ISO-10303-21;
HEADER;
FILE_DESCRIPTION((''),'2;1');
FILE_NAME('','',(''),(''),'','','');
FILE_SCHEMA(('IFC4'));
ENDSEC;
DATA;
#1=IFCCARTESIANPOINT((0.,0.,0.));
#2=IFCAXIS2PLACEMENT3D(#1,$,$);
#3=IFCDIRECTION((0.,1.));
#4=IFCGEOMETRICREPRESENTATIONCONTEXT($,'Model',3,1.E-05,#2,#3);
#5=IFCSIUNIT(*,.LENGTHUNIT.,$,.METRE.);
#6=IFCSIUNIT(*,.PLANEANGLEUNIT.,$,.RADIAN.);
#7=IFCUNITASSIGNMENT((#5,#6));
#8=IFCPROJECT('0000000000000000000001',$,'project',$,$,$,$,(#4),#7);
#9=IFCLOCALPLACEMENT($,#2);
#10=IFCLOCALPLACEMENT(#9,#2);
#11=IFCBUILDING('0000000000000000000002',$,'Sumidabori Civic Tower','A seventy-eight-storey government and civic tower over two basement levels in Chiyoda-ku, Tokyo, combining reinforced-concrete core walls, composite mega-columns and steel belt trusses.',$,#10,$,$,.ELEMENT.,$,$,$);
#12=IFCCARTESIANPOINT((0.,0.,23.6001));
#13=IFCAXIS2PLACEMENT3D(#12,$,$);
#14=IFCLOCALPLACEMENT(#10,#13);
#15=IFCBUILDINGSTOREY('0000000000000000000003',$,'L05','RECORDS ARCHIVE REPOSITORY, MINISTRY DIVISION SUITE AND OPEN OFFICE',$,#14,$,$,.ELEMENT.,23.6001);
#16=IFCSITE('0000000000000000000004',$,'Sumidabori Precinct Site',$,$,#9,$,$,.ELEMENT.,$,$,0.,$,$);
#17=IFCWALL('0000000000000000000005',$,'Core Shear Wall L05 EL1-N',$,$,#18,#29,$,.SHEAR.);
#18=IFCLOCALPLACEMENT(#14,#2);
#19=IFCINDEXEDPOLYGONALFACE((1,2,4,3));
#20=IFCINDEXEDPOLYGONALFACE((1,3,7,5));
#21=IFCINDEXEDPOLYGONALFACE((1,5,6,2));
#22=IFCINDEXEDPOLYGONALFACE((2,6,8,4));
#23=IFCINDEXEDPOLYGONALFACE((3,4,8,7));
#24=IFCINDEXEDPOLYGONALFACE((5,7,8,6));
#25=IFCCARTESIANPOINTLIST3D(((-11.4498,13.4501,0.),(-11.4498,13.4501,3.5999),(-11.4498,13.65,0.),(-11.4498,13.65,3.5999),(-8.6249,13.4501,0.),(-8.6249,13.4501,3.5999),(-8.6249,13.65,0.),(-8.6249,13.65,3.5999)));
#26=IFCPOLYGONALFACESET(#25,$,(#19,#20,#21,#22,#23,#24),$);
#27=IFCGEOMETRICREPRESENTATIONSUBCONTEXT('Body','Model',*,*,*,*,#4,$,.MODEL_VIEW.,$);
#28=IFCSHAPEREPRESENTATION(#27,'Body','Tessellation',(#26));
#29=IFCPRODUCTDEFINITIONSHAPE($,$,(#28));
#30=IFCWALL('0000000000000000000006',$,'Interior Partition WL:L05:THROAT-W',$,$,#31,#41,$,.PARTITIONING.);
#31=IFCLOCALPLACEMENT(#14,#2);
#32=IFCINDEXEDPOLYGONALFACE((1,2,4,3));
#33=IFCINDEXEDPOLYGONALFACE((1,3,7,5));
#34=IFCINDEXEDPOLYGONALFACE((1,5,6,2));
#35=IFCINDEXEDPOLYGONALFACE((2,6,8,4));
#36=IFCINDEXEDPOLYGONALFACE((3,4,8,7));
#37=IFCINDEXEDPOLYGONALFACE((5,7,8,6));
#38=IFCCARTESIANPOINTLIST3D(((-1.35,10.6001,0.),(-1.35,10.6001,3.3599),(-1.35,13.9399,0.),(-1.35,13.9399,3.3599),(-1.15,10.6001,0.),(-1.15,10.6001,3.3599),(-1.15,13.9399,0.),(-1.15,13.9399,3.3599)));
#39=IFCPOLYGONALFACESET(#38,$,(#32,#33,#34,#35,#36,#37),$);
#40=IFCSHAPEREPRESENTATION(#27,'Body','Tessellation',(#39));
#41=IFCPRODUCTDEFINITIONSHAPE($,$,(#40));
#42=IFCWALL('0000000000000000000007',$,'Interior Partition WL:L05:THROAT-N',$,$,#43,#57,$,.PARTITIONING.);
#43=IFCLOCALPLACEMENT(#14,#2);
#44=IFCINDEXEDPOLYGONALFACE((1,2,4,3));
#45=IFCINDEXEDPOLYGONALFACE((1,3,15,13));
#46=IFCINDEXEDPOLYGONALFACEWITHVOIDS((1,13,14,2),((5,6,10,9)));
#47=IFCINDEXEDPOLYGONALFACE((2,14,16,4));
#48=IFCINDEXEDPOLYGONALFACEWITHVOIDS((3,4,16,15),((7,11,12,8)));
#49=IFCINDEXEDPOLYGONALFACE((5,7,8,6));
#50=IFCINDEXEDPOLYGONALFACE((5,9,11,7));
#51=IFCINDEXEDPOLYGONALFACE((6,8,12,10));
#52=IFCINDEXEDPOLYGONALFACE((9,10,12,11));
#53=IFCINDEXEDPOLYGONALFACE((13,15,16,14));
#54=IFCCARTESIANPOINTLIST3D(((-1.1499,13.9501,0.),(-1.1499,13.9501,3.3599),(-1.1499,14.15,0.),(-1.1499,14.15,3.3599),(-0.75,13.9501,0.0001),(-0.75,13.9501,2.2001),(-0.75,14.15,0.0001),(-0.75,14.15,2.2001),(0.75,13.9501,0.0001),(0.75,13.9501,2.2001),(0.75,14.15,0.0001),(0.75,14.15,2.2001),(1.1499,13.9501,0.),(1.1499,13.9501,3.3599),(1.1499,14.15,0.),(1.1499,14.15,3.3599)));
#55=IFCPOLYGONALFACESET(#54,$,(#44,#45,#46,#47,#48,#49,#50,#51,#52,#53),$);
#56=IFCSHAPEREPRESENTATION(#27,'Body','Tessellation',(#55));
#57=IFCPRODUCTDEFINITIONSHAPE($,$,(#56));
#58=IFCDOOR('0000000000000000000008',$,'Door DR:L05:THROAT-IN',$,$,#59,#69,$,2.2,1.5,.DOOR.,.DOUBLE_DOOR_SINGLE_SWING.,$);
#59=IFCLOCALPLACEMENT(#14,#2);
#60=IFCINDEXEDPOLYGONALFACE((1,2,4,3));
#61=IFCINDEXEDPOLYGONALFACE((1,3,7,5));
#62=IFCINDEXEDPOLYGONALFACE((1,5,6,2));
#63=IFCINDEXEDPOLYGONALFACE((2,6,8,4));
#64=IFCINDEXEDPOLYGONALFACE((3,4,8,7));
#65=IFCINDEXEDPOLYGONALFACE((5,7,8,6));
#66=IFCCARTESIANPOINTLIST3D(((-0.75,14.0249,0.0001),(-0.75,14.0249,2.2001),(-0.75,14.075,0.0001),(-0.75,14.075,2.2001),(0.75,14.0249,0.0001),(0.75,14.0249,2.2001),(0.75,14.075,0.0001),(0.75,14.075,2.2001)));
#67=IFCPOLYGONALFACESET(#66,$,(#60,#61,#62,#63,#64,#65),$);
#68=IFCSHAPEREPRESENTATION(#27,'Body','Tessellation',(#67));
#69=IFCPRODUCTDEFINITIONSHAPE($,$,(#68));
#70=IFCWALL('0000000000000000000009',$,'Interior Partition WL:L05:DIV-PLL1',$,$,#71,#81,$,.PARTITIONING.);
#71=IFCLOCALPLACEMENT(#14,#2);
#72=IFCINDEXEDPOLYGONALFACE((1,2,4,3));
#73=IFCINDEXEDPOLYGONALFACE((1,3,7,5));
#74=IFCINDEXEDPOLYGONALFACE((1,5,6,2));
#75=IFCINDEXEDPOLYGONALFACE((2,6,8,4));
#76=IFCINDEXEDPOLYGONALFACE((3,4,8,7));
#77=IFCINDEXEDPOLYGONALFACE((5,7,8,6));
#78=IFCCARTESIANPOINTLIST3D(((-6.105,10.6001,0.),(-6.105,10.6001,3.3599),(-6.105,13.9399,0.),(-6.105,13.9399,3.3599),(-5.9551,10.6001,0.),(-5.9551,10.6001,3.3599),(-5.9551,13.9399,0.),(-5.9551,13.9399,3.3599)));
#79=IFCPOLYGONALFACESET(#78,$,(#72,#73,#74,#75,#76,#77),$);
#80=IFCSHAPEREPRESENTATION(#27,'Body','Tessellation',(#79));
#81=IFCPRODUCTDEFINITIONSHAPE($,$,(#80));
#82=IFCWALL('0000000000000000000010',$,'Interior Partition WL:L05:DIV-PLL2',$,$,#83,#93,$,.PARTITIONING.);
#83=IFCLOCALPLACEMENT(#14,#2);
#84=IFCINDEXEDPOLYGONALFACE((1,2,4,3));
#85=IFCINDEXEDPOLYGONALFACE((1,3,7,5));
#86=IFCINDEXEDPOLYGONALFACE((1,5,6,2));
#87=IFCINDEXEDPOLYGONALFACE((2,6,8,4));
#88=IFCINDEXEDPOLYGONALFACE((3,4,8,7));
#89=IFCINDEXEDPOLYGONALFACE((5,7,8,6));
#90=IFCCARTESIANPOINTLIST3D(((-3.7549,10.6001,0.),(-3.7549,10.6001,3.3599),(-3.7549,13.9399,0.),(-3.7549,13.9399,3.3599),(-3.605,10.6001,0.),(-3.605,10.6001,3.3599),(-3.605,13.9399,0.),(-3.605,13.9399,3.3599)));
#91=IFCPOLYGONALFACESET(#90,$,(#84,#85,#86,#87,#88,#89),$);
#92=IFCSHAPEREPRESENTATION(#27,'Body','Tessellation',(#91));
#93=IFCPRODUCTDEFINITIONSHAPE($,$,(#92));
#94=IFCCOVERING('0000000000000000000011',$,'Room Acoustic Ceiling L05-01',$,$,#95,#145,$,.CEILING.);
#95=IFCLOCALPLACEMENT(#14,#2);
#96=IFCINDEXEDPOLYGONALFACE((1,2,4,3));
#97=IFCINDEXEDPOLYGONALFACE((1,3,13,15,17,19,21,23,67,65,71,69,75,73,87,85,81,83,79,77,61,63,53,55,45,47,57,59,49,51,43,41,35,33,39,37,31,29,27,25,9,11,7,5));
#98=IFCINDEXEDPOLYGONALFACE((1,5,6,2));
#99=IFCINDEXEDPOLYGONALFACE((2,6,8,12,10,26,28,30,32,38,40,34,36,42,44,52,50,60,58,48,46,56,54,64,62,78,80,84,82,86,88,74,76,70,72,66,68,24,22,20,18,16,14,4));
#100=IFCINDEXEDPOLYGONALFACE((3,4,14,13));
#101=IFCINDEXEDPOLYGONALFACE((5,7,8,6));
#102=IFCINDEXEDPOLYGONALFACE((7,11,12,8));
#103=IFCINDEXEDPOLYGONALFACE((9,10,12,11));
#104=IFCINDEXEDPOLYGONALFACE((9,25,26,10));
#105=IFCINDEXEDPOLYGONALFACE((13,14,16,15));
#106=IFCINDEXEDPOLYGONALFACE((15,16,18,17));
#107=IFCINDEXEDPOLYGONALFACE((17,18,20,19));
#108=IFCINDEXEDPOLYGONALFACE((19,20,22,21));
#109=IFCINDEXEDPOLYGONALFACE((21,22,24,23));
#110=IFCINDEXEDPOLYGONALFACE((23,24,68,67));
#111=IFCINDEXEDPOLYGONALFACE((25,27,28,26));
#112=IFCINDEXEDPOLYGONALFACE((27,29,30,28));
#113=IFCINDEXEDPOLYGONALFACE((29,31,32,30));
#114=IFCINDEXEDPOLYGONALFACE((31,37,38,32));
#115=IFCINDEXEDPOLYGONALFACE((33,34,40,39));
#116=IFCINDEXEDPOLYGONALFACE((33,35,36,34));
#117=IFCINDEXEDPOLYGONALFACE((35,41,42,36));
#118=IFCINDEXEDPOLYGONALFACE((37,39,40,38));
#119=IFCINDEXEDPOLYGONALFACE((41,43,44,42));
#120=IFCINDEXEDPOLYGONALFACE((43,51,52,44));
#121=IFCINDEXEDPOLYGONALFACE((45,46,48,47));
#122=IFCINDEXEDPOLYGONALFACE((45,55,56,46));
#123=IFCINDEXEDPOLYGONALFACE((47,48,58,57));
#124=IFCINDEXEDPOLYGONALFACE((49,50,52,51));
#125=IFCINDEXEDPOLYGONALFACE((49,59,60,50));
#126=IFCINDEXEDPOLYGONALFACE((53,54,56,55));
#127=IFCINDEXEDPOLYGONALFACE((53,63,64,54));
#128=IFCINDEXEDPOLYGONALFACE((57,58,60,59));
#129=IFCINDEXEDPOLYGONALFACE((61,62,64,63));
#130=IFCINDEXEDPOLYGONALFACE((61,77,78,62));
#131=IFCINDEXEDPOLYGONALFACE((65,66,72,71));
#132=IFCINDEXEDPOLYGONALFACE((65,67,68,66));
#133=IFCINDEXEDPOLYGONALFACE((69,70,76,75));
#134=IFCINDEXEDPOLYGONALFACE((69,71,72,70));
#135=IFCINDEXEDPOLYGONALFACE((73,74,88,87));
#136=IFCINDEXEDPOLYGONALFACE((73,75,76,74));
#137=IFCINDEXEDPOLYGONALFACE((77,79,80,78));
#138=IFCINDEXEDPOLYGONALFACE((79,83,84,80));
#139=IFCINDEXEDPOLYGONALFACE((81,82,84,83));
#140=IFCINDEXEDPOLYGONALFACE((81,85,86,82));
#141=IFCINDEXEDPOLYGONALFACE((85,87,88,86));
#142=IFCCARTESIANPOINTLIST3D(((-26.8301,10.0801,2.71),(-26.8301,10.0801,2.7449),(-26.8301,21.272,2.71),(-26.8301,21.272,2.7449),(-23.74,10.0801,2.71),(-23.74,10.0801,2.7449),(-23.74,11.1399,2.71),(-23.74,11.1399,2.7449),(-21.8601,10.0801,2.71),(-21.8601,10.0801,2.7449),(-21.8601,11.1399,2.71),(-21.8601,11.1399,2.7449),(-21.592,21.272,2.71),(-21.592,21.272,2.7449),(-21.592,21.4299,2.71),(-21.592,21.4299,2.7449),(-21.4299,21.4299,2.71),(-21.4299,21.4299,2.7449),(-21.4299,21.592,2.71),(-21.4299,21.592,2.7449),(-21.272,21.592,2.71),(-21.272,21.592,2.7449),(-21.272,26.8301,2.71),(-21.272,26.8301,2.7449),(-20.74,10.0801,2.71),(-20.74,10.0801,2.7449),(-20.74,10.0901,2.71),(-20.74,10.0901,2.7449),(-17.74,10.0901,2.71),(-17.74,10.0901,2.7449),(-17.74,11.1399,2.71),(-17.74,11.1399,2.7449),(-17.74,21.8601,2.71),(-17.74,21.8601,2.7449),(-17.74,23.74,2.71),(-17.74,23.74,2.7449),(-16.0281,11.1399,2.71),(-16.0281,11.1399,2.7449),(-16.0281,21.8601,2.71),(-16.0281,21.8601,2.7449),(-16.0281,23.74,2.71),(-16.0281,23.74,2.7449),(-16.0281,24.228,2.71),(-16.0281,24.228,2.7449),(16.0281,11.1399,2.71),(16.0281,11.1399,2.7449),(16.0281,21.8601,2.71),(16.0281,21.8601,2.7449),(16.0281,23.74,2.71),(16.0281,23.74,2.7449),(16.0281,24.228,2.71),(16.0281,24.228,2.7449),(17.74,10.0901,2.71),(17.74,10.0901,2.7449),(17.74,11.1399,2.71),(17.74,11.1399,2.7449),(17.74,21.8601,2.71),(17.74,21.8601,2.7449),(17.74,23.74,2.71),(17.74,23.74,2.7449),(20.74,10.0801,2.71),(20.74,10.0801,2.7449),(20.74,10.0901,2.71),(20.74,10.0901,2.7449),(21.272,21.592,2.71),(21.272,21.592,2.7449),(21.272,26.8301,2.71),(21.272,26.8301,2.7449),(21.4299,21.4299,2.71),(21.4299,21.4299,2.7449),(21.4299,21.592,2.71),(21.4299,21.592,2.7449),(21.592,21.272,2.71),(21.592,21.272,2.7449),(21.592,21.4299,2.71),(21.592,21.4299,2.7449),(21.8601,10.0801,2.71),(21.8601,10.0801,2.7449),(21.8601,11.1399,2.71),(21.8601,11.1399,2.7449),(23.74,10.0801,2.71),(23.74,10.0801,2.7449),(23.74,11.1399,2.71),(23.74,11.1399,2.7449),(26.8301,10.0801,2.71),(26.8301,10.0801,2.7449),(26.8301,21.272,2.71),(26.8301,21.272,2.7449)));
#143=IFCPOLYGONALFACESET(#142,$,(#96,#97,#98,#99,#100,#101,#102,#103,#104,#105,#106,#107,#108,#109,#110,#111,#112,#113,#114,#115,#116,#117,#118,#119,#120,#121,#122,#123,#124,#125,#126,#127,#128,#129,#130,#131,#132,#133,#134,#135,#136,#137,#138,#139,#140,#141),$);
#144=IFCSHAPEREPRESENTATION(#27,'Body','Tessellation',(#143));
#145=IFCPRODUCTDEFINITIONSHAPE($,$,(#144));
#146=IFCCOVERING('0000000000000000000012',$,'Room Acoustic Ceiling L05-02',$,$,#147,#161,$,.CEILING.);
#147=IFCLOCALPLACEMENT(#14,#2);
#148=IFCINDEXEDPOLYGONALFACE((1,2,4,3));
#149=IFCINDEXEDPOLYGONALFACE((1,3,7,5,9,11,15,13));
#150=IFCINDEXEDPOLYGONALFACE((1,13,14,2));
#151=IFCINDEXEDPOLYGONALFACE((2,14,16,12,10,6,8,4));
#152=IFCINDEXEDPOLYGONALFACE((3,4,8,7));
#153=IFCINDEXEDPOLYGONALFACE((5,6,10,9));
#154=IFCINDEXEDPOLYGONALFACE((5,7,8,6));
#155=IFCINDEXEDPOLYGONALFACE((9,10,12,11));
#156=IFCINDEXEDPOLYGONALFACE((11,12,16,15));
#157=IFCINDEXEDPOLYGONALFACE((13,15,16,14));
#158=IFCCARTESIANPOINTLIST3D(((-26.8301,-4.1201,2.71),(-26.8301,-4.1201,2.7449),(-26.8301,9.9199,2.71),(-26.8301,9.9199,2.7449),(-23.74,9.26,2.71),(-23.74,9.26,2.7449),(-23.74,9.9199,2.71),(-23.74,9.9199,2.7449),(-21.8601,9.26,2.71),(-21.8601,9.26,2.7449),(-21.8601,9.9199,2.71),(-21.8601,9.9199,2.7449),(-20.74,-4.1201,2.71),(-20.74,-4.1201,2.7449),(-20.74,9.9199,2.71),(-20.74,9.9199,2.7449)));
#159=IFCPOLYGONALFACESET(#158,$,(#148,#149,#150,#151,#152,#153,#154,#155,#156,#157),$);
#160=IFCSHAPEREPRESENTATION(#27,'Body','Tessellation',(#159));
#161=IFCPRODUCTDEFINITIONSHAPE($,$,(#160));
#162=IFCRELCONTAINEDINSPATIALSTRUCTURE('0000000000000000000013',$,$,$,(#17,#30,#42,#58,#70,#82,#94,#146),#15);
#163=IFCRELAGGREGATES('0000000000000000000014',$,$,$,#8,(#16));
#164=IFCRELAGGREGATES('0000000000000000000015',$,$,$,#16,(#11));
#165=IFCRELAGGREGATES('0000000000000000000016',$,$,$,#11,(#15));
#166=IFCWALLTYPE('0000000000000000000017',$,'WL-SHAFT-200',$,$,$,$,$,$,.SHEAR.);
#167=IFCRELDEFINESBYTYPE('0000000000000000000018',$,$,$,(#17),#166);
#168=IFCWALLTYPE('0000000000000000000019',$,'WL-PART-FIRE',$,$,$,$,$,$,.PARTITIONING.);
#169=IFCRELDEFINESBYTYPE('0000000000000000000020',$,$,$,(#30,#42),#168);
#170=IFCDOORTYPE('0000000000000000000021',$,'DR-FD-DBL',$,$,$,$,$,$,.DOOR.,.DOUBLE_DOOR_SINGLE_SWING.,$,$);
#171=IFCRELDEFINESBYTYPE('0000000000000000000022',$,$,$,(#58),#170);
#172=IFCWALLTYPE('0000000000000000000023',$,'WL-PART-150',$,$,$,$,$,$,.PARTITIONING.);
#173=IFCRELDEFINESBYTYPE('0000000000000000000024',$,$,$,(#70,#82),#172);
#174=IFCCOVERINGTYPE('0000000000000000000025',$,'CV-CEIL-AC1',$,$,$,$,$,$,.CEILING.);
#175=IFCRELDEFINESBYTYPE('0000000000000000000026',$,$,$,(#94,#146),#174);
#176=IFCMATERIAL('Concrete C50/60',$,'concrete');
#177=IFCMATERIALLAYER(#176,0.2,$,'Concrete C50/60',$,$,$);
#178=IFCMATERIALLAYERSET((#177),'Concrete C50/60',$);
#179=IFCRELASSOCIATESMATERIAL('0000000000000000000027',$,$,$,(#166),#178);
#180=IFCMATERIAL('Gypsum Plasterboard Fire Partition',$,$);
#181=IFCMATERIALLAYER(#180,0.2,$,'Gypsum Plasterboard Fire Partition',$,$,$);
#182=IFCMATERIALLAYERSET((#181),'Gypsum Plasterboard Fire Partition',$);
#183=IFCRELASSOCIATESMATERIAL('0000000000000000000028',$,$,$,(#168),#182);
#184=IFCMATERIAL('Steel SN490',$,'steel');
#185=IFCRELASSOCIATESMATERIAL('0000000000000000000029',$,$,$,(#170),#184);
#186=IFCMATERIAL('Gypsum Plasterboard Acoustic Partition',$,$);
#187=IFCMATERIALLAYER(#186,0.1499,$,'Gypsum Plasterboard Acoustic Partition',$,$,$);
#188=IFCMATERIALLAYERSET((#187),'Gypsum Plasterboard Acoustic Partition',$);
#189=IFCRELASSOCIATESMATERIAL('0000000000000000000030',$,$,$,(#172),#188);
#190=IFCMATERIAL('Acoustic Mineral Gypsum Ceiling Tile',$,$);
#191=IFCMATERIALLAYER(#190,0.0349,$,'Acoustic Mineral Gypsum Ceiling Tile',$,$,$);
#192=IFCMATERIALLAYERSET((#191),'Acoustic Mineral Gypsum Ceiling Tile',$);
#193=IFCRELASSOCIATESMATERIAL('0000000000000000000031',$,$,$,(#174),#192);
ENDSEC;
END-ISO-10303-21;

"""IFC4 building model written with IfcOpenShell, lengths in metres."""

from ifc_helpers import new_model, si_unit, direction, frame, frame_2d, origin, place, context, subcontext, project, spatial, polyline, rectangle, outline, extrude, source, transform, mapped, material, layer, layer_set, type_object, element, fill, save


model = new_model("IFC4")

# Units and contexts
model_context = context("Model", 3, precision=1e-05, world=origin(), true_north=direction((0.0, 1.0)))
body_context = subcontext(model_context, "Body", "Model", "MODEL_VIEW")
ifc_project = project(units=[si_unit("LENGTHUNIT", "METRE"), si_unit("PLANEANGLEUNIT", "RADIAN")], contexts=[model_context])

# Site, building, storey
site_placement = place(None, origin())
site = spatial("IfcSite", under=ifc_project, at=site_placement, Name="Sumidabori Precinct Site", CompositionType="ELEMENT", RefElevation=0.0)
building_placement = place(site_placement, origin())
building = spatial("IfcBuilding", under=site, at=building_placement, Name="Sumidabori Civic Tower", Description="A seventy-eight-storey government and civic tower over two basement levels in Chiyoda-ku, Tokyo, combining reinforced-concrete core walls, composite mega-columns and steel belt trusses.", CompositionType="ELEMENT")
storey_placement = place(building_placement, frame((0.0, 0.0, 23.6001)))
storey = spatial("IfcBuildingStorey", under=building, at=storey_placement, Name="L05", Description="RECORDS ARCHIVE REPOSITORY, MINISTRY DIVISION SUITE AND OPEN OFFICE", CompositionType="ELEMENT", Elevation=23.6001)

# Shared definitions
ifc_material_1 = material(Name="Concrete C50/60", Category="concrete")
ifc_material_2 = material(Name="Steel SN490", Category="steel")

# Shared definitions
ifc_layer_1 = layer(ifc_material_1, 0.2, Name="Concrete C50/60")
ifc_layer_set_1 = layer_set([ifc_layer_1], Name="Concrete C50/60")
wall_type_1 = type_object("IfcWallType", Name="WL-SHAFT-200", PredefinedType="SHEAR", material=ifc_layer_set_1)

# Wall
shared_shape_1 = source(origin(), body_context, "Body", "SweptSolid", [
    extrude(rectangle(XDim=2.825, YDim=0.2, at=frame_2d((1.4126, 0.0))), origin(), (0.0, 0.0, 1.0), 3.5999),
])
wall_1_placement = place(storey_placement, frame((-11.45, 13.55, 0.0), z_axis=(0.0, 0.0, 1.0), x_axis=(1.0, 0.0, 0.0)))
element("IfcWall", 1, at=wall_1_placement, inside=storey, type_object=wall_type_1, Name="Core Shear Wall L05 EL1-N", PredefinedType="SHEAR", context=body_context, shape_type="MappedRepresentation", body=[
    mapped(shared_shape_1, transform((0.0, 0.0, 0.0), x_axis=(1.0, 0.0, 0.0), y_axis=(0.0, 1.0, 0.0), z_axis=(0.0, 0.0, 1.0), scale=1.0)),
])

# Shared definitions
ifc_material_3 = material(Name="Gypsum Plasterboard Fire Partition")
ifc_layer_2 = layer(ifc_material_3, 0.2, Name="Gypsum Plasterboard Fire Partition")
ifc_layer_set_2 = layer_set([ifc_layer_2], Name="Gypsum Plasterboard Fire Partition")
wall_type_2 = type_object("IfcWallType", Name="WL-PART-FIRE", PredefinedType="PARTITIONING", material=ifc_layer_set_2)

# Wall
shared_shape_2 = source(origin(), body_context, "Body", "SweptSolid", [
    extrude(rectangle(XDim=3.3398, YDim=0.2, at=frame_2d((1.6699, 0.0))), origin(), (0.0, 0.0, 1.0), 3.3599),
])
wall_2_placement = place(storey_placement, frame((-1.25, 10.6001, 0.0), z_axis=(0.0, 0.0, 1.0), x_axis=(0.0, 1.0, 0.0)))
element("IfcWall", 2, at=wall_2_placement, inside=storey, type_object=wall_type_2, Name="Interior Partition WL:L05:THROAT-W", PredefinedType="PARTITIONING", context=body_context, shape_type="MappedRepresentation", body=[
    mapped(shared_shape_2, transform((0.0, 0.0, 0.0), x_axis=(1.0, 0.0, 0.0), y_axis=(0.0, 1.0, 0.0), z_axis=(0.0, 0.0, 1.0), scale=1.0)),
])

# Wall, opening, door
shared_shape_3 = source(origin(), body_context, "Body", "SweptSolid", [
    extrude(rectangle(XDim=2.2998, YDim=0.2, at=frame_2d((1.1499, 0.0))), origin(), (0.0, 0.0, 1.0), 3.3599),
])
wall_3_placement = place(storey_placement, frame((-1.1499, 14.05, 0.0), z_axis=(0.0, 0.0, 1.0), x_axis=(1.0, 0.0, 0.0)))
wall_3 = element("IfcWall", 3, at=wall_3_placement, inside=storey, type_object=wall_type_2, Name="Interior Partition WL:L05:THROAT-N", PredefinedType="PARTITIONING", context=body_context, shape_type="MappedRepresentation", body=[
    mapped(shared_shape_3, transform((0.0, 0.0, 0.0), x_axis=(1.0, 0.0, 0.0), y_axis=(0.0, 1.0, 0.0), z_axis=(0.0, 0.0, 1.0), scale=1.0)),
])
opening_1_placement = place(wall_3_placement, frame((0.3999, 0.0, 0.0)))
opening_1 = element("IfcOpeningElement", 4, at=opening_1_placement, cuts=wall_3, PredefinedType="OPENING", context=body_context, shape_type="SweptSolid", body=[
    extrude(rectangle(XDim=1.5, YDim=2.2, at=frame_2d((0.75, 1.1001))), frame((0.0, 0.1118, 0.0), z_axis=(0.0, -1.0, 0.0), x_axis=(1.0, 0.0, 0.0)), (0.0, 0.0, 1.0), 0.2239),
])
door_type_1 = type_object("IfcDoorType", Name="DR-FD-DBL", OperationType="DOUBLE_DOOR_SINGLE_SWING", PredefinedType="DOOR", material=ifc_material_2)
shared_shape_4 = source(origin(), body_context, "Body", "SweptSolid", [
    extrude(rectangle(XDim=1.5, YDim=2.2, at=frame_2d((0.75, 1.1001))), frame((0.0, 0.0249, 0.0), z_axis=(0.0, -1.0, 0.0), x_axis=(1.0, 0.0, 0.0)), (0.0, 0.0, 1.0), 0.05),
])
door_1_placement = place(opening_1_placement, origin())
door_1 = element("IfcDoor", 5, at=door_1_placement, inside=storey, type_object=door_type_1, Name="Door DR:L05:THROAT-IN", OperationType="DOUBLE_DOOR_SINGLE_SWING", OverallHeight=2.2, OverallWidth=1.5, PredefinedType="DOOR", context=body_context, shape_type="MappedRepresentation", body=[
    mapped(shared_shape_4, transform((0.0, 0.0, 0.0), x_axis=(1.0, 0.0, 0.0), y_axis=(0.0, 1.0, 0.0), z_axis=(0.0, 0.0, 1.0), scale=1.0)),
])
fill(opening_1, door_1)

# Walls
ifc_material_4 = material(Name="Gypsum Plasterboard Acoustic Partition")
ifc_layer_3 = layer(ifc_material_4, 0.1499, Name="Gypsum Plasterboard Acoustic Partition")
ifc_layer_set_3 = layer_set([ifc_layer_3], Name="Gypsum Plasterboard Acoustic Partition")
wall_type_3 = type_object("IfcWallType", Name="WL-PART-150", PredefinedType="PARTITIONING", material=ifc_layer_set_3)
shared_shape_5 = source(origin(), body_context, "Body", "SweptSolid", [
    extrude(rectangle(XDim=3.3398, YDim=0.1499, at=frame_2d((1.6699, 0.0))), origin(), (0.0, 0.0, 1.0), 3.3599),
])
for number, where, z_axis, x_axis, name in (
    (6, (-6.03, 10.6001, 0.0), (0.0, 0.0, 1.0), (0.0, 1.0, 0.0), "Interior Partition WL:L05:DIV-PLL1"),
    (7, (-3.6799, 10.6001, 0.0), (0.0, 0.0, 1.0), (0.0, 1.0, 0.0), "Interior Partition WL:L05:DIV-PLL2"),
):
    element("IfcWall", number, at=place(storey_placement, frame(where, z_axis=z_axis, x_axis=x_axis)), inside=storey, type_object=wall_type_3, Name=name, PredefinedType="PARTITIONING", context=body_context, shape_type="MappedRepresentation", body=[
        mapped(shared_shape_5, transform((0.0, 0.0, 0.0), x_axis=(1.0, 0.0, 0.0), y_axis=(0.0, 1.0, 0.0), z_axis=(0.0, 0.0, 1.0), scale=1.0)),
    ])

# Coverings
ifc_material_5 = material(Name="Acoustic Mineral Gypsum Ceiling Tile")
ifc_layer_4 = layer(ifc_material_5, 0.0349, Name="Acoustic Mineral Gypsum Ceiling Tile")
ifc_layer_set_4 = layer_set([ifc_layer_4], Name="Acoustic Mineral Gypsum Ceiling Tile")
covering_type_1 = type_object("IfcCoveringType", Name="CV-CEIL-AC1", PredefinedType="CEILING", material=ifc_layer_set_4)
covering_1_placement = place(storey_placement, frame((0.0, 0.0, 2.71)))
element("IfcCovering", 8, at=covering_1_placement, inside=storey, type_object=covering_type_1, Name="Room Acoustic Ceiling L05-01", PredefinedType="CEILING", context=body_context, shape_type="SweptSolid", body=[
    extrude(outline(polyline([(-21.8601, 11.1399), (-23.74, 11.1399), (-23.74, 10.0801), (-26.8301, 10.0801), (-26.8301, 21.272), (-21.592, 21.272), (-21.592, 21.4299), (-21.4299, 21.4299), (-21.4299, 21.592), (-21.272, 21.592), (-21.272, 26.8301), (21.272, 26.8301), (21.272, 21.592), (21.4299, 21.592), (21.4299, 21.4299), (21.592, 21.4299), (21.592, 21.272), (26.8301, 21.272), (26.8301, 10.0801), (23.74, 10.0801), (23.74, 11.1399), (21.8601, 11.1399), (21.8601, 10.0801), (20.74, 10.0801), (20.74, 10.0901), (17.74, 10.0901), (17.74, 11.1399), (16.0281, 11.1399), (16.0281, 21.8601), (17.74, 21.8601), (17.74, 23.74), (16.0281, 23.74), (16.0281, 24.228), (-16.0281, 24.228), (-16.0281, 23.74), (-17.74, 23.74), (-17.74, 21.8601), (-16.0281, 21.8601), (-16.0281, 11.1399), (-17.74, 11.1399), (-17.74, 10.0901), (-20.74, 10.0901), (-20.74, 10.0801), (-21.8601, 10.0801), (-21.8601, 11.1399)])), origin(), (0.0, 0.0, 1.0), 0.0349),
])
covering_2_placement = place(storey_placement, frame((0.0, 0.0, 2.71)))
element("IfcCovering", 9, at=covering_2_placement, inside=storey, type_object=covering_type_1, Name="Room Acoustic Ceiling L05-02", PredefinedType="CEILING", context=body_context, shape_type="SweptSolid", body=[
    extrude(outline(polyline([(-26.8301, -4.1201), (-26.8301, 9.9199), (-23.74, 9.9199), (-23.74, 9.26), (-21.8601, 9.26), (-21.8601, 9.9199), (-20.74, 9.9199), (-20.74, -4.1201), (-26.8301, -4.1201)])), origin(), (0.0, 0.0, 1.0), 0.0349),
])

save(model, "model.ifc")
